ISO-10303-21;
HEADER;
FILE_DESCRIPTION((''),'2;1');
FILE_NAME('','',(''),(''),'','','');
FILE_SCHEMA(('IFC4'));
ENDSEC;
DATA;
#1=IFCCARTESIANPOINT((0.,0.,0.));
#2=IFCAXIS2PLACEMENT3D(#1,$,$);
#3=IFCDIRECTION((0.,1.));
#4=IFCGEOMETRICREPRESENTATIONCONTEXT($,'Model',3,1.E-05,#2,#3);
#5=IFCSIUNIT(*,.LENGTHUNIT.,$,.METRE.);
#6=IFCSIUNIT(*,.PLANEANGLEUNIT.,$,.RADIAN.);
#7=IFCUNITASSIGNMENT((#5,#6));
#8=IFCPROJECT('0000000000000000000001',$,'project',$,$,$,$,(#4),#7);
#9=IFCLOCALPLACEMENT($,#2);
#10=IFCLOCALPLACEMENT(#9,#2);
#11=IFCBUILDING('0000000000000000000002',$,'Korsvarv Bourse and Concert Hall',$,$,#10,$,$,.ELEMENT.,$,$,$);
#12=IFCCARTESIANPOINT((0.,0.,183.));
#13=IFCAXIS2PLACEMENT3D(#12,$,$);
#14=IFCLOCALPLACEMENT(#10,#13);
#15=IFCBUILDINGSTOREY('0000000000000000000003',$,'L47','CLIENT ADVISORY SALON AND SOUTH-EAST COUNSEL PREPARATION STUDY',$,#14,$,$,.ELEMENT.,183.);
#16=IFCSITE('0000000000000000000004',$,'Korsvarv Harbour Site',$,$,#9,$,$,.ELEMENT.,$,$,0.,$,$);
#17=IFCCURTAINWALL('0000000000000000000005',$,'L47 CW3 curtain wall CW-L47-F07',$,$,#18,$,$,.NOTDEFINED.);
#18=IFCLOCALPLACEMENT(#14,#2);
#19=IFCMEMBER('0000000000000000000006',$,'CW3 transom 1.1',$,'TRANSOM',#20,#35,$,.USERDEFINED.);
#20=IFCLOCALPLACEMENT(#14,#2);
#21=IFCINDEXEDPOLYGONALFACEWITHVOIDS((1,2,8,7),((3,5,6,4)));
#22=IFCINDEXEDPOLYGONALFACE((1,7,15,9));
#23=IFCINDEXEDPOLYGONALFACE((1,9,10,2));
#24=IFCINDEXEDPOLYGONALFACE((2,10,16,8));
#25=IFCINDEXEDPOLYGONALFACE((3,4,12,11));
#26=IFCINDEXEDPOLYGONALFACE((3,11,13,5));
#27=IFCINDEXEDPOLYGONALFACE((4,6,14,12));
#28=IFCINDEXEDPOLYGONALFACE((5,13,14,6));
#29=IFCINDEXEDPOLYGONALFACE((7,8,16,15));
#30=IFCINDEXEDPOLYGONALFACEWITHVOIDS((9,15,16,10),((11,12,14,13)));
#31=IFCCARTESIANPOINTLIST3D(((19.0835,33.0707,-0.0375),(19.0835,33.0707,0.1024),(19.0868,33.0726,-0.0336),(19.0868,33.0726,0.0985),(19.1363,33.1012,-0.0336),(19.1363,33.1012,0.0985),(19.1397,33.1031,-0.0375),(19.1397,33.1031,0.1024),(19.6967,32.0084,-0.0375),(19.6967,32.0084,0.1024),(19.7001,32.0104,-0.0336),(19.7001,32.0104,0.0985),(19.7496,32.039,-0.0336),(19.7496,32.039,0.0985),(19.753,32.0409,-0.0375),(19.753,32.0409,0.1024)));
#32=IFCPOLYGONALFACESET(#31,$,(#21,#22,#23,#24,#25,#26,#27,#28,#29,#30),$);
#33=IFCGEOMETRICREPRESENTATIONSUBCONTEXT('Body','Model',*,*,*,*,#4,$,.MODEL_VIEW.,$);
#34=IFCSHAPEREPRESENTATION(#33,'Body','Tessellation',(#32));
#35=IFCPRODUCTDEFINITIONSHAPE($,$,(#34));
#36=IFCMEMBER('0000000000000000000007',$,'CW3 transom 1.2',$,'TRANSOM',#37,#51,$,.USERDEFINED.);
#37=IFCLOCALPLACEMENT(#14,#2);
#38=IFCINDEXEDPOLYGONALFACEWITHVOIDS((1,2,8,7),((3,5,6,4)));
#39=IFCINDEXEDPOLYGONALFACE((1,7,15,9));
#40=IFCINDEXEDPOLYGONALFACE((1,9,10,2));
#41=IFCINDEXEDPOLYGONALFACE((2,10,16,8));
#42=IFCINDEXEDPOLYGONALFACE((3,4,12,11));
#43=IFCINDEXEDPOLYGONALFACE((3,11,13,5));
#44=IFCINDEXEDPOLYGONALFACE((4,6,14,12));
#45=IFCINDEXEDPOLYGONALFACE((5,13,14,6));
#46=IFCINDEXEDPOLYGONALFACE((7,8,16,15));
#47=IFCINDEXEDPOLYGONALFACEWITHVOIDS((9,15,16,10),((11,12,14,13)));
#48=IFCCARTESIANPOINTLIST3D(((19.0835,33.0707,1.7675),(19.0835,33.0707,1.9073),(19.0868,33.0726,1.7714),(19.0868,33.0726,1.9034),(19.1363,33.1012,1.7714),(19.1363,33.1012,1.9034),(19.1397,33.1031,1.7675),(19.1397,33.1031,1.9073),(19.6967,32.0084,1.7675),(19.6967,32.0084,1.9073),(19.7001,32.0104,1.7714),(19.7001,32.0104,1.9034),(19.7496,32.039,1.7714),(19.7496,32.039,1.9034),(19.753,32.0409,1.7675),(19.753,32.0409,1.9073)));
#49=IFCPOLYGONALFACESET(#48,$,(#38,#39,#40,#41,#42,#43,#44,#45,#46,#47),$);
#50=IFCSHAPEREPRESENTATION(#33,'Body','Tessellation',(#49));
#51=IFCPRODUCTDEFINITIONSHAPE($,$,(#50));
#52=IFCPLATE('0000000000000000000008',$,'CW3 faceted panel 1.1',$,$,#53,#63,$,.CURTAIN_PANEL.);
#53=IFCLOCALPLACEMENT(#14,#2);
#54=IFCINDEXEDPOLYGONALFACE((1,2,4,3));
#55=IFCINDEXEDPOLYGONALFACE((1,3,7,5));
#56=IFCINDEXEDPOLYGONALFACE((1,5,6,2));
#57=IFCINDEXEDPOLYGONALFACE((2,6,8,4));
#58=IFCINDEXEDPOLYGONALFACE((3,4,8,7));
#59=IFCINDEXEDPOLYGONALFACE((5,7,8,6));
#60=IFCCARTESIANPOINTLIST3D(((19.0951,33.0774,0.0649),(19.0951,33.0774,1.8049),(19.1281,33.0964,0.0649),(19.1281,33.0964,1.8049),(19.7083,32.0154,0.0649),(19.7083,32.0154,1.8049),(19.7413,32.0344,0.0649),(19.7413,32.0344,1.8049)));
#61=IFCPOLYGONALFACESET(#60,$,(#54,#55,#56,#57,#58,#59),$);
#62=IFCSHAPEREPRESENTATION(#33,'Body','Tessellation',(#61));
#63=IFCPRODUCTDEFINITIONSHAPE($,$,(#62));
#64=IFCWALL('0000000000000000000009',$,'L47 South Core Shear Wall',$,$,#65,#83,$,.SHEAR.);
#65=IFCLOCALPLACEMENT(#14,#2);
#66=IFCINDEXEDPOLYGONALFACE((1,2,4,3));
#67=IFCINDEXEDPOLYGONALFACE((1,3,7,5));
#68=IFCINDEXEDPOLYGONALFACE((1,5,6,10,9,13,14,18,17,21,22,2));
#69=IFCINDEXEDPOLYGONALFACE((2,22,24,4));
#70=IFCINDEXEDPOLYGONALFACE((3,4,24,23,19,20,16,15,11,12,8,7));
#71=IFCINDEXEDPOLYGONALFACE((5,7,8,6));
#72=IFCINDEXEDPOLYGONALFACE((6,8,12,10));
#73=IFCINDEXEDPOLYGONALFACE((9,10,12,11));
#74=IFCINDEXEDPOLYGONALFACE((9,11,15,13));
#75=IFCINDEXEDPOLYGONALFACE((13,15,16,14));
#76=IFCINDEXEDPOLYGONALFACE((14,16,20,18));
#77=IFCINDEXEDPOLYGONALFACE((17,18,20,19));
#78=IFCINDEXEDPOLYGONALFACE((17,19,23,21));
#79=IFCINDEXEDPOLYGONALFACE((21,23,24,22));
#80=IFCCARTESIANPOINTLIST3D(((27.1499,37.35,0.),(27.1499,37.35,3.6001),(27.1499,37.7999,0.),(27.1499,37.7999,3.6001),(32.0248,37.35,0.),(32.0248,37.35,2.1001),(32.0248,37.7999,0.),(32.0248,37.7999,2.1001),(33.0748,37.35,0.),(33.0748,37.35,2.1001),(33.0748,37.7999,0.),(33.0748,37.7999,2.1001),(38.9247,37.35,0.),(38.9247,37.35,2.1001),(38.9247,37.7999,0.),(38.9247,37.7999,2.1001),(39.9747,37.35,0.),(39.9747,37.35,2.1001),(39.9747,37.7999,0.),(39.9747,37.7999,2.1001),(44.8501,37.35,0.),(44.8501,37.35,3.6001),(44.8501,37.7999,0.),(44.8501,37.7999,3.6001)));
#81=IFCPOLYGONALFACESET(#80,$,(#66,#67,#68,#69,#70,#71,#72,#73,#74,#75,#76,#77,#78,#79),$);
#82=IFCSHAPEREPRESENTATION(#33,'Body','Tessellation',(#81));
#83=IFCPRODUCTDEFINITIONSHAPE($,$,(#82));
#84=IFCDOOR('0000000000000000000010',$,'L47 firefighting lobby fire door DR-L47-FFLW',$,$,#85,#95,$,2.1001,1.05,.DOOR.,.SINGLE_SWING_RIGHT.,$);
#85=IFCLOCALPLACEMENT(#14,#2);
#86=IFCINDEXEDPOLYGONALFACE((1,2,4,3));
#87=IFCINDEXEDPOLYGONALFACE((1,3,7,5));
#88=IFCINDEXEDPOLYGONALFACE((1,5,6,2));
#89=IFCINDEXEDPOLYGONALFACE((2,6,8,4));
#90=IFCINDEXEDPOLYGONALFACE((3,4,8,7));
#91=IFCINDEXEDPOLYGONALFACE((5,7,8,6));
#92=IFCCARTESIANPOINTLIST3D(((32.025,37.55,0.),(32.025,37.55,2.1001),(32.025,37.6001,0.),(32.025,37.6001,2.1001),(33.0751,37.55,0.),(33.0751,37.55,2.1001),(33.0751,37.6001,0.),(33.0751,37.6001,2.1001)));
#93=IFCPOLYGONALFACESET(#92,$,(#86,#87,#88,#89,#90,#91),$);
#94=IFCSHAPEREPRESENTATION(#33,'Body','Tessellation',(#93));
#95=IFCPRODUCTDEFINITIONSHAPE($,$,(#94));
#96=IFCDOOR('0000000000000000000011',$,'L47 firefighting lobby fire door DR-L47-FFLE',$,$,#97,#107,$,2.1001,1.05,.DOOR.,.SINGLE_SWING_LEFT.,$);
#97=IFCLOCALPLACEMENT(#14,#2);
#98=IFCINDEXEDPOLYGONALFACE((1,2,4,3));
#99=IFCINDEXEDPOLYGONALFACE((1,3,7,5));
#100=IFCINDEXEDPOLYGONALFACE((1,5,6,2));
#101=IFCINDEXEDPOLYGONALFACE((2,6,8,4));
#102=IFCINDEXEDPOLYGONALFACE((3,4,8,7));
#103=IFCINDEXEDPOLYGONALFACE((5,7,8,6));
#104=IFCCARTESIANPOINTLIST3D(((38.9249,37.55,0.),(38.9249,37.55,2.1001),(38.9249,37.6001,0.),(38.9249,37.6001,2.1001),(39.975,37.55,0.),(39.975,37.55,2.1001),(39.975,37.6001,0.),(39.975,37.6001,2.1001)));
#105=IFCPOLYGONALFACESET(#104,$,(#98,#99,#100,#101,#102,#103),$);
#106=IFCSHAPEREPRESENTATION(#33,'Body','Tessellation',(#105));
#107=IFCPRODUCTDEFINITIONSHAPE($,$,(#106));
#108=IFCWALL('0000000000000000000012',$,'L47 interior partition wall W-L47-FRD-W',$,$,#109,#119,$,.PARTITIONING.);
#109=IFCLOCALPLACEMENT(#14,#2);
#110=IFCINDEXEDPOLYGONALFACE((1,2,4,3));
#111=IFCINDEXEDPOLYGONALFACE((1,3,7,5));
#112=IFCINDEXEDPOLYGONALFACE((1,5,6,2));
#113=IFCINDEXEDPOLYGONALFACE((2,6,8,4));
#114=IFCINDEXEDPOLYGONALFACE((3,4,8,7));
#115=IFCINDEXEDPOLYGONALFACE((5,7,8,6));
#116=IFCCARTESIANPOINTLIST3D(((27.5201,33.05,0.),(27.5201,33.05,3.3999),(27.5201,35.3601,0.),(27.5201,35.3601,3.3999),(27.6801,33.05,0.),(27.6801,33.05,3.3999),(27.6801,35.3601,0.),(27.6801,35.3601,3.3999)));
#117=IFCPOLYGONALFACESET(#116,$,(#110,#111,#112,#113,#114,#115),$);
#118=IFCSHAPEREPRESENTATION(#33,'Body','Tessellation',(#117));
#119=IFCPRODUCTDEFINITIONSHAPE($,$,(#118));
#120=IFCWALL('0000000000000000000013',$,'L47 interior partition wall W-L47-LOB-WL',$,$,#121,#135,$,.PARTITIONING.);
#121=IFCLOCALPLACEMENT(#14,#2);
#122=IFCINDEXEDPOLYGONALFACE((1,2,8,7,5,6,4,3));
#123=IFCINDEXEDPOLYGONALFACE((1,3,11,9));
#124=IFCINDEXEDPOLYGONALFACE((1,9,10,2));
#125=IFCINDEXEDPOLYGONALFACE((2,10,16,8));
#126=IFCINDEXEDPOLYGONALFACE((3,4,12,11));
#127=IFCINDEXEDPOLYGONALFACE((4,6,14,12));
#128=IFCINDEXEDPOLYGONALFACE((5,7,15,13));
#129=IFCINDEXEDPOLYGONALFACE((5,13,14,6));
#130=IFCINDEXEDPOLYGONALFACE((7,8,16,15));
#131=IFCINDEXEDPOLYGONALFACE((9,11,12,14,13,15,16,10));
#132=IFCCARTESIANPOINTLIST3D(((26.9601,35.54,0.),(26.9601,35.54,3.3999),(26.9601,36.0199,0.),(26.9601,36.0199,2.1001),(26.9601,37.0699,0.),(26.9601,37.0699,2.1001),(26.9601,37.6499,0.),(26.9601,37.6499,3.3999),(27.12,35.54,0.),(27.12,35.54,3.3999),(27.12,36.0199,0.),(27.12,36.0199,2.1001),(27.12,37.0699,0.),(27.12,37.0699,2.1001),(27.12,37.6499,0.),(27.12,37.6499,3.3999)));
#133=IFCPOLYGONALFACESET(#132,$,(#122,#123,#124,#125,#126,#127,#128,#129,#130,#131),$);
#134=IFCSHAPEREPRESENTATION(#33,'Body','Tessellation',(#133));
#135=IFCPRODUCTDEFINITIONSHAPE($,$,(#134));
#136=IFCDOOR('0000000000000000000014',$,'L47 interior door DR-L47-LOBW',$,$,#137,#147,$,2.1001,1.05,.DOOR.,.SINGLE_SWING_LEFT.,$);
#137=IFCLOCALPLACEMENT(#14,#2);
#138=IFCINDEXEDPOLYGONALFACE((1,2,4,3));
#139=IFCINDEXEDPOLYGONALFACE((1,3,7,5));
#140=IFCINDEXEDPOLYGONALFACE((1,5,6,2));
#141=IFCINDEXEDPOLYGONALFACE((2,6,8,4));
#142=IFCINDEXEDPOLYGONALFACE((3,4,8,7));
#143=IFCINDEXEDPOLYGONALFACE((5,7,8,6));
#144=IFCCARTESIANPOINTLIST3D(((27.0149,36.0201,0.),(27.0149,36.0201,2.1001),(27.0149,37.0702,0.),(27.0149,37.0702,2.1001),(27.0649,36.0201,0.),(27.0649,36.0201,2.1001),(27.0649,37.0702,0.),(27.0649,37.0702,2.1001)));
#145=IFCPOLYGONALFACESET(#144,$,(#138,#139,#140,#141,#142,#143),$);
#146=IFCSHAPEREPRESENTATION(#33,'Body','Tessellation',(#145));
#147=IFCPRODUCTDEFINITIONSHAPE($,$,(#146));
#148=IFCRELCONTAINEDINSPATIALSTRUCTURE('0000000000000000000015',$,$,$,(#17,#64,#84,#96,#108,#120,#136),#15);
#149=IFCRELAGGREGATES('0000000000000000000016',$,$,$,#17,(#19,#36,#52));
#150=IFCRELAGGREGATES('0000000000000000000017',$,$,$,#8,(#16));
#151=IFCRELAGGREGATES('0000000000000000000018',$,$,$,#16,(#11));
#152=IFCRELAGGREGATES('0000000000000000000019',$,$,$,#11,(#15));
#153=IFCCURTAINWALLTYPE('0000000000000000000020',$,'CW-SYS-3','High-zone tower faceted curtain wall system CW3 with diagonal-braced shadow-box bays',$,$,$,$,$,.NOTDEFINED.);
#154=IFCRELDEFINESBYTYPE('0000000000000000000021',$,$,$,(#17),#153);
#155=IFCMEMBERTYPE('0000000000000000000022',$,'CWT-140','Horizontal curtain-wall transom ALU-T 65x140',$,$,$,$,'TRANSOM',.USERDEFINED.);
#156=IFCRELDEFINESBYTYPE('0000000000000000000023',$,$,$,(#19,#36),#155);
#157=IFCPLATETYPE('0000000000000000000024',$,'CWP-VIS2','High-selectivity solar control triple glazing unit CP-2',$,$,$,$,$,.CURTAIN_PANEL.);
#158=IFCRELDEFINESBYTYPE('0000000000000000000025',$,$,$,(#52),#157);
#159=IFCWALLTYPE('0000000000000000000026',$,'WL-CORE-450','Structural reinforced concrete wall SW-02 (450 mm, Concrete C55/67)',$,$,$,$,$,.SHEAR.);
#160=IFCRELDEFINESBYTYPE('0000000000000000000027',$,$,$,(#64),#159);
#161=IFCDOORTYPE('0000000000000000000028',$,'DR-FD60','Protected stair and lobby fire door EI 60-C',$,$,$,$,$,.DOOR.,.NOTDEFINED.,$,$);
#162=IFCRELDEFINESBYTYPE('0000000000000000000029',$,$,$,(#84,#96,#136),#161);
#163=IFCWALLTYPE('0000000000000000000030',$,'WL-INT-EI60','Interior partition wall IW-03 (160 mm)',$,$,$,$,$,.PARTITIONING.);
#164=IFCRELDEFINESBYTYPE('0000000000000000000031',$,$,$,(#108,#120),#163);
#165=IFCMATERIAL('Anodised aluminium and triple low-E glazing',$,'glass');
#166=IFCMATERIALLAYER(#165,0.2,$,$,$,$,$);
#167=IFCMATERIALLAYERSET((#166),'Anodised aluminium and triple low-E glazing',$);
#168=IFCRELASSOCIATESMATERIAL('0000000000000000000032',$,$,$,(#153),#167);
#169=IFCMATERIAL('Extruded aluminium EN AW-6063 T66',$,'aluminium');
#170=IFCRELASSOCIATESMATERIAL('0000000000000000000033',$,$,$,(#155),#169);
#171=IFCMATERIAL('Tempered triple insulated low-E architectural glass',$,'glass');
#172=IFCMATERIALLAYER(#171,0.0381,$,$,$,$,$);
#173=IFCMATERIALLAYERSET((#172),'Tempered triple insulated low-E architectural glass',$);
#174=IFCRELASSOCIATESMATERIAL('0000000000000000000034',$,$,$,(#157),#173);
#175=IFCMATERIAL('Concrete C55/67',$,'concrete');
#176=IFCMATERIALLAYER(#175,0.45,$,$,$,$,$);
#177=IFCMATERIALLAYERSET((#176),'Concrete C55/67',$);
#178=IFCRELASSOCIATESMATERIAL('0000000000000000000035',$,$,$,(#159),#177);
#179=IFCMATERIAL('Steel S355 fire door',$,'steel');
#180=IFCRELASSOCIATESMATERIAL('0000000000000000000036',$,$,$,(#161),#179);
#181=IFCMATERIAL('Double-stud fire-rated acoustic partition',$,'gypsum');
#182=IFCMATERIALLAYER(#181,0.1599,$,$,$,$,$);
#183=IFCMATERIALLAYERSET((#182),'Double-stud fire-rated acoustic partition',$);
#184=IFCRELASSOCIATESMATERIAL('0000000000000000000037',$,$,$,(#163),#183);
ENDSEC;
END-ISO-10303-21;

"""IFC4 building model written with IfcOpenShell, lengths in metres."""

from ifc_helpers import new_model, si_unit, direction, frame, frame_2d, origin, origin_2d, place, context, subcontext, project, spatial, rectangle, hollow_rectangle, extrude, source, transform, mapped, material, layer, layer_set, material_profile, profile_set, type_object, element, fill, aggregate, save


model = new_model("IFC4")

# Units and contexts
model_context = context("Model", 3, precision=1e-05, world=origin(), true_north=direction((0.0, 1.0)))
body_context = subcontext(model_context, "Body", "Model", "MODEL_VIEW")
ifc_project = project(units=[si_unit("LENGTHUNIT", "METRE"), si_unit("PLANEANGLEUNIT", "RADIAN")], contexts=[model_context])

# Site, building, storey
site_placement = place(None, origin())
site = spatial("IfcSite", under=ifc_project, at=site_placement, Name="Korsvarv Harbour Site", CompositionType="ELEMENT", RefElevation=0.0)
building_placement = place(site_placement, origin())
building = spatial("IfcBuilding", under=site, at=building_placement, Name="Korsvarv Bourse and Concert Hall", CompositionType="ELEMENT")
storey_placement = place(building_placement, frame((0.0, 0.0, 183.0)))
storey = spatial("IfcBuildingStorey", under=building, at=storey_placement, Name="L47", Description="CLIENT ADVISORY SALON AND SOUTH-EAST COUNSEL PREPARATION STUDY", CompositionType="ELEMENT", Elevation=183.0)

# Shared definitions
ifc_material_1 = material(Name="Concrete C55/67", Category="concrete")

# Curtain wall, members, plate
ifc_material_2 = material(Name="Anodised aluminium and triple low-E glazing", Category="glass")
ifc_layer_1 = layer(ifc_material_2, 0.2)
ifc_layer_set_1 = layer_set([ifc_layer_1], Name="Anodised aluminium and triple low-E glazing")
curtain_wall_type = type_object("IfcCurtainWallType", Name="CW-SYS-3", Description="High-zone tower faceted curtain wall system CW3 with diagonal-braced shadow-box bays", PredefinedType="NOTDEFINED", material=ifc_layer_set_1)
curtain_wall_placement = place(storey_placement, origin())
curtain_wall = element("IfcCurtainWall", 1, at=curtain_wall_placement, inside=storey, type_object=curtain_wall_type, Name="L47 CW3 curtain wall CW-L47-F07", PredefinedType="NOTDEFINED")
ifc_material_3 = material(Name="Extruded aluminium EN AW-6063 T66", Category="aluminium")
ifc_material_profile_1 = material_profile(ifc_material_3, hollow_rectangle(XDim=0.0649, YDim=0.1399, WallThickness=0.0039, at=origin_2d()), Name="ALU-T 65x140")
ifc_profile_set_1 = profile_set([ifc_material_profile_1], Name="Extruded aluminium EN AW-6063 T66")
member_type_1 = type_object("IfcMemberType", Name="CWT-140", Description="Horizontal curtain-wall transom ALU-T 65x140", ElementType="TRANSOM", PredefinedType="USERDEFINED", material=ifc_profile_set_1)
shared_shape_1 = source(origin(), body_context, "Body", "SweptSolid", [
    extrude(hollow_rectangle(XDim=0.0649, YDim=0.1399, WallThickness=0.0039, at=origin_2d()), origin(), (0.0, 0.0, 1.0), 1.2266),
])
member_1_placement = place(storey_placement, frame((19.1116, 33.0869, 0.0325), z_axis=(0.499992, -0.86603, 0.0), x_axis=(0.86603, 0.499992, 0.0)))
member_1 = element("IfcMember", 2, at=member_1_placement, type_object=member_type_1, Name="CW3 transom 1.1", ObjectType="TRANSOM", PredefinedType="USERDEFINED", context=body_context, shape_type="MappedRepresentation", body=[
    mapped(shared_shape_1, transform((0.0, 0.0, 0.0), scale=1.0)),
])
member_2_placement = place(storey_placement, frame((19.1116, 33.0869, 1.8374), z_axis=(0.499992, -0.86603, 0.0), x_axis=(0.86603, 0.499992, 0.0)))
member_2 = element("IfcMember", 3, at=member_2_placement, type_object=member_type_1, Name="CW3 transom 1.2", ObjectType="TRANSOM", PredefinedType="USERDEFINED", context=body_context, shape_type="MappedRepresentation", body=[
    mapped(shared_shape_1, transform((0.0, 0.0, 0.0), scale=1.0)),
])
ifc_material_4 = material(Name="Tempered triple insulated low-E architectural glass", Category="glass")
ifc_layer_2 = layer(ifc_material_4, 0.0381)
ifc_layer_set_2 = layer_set([ifc_layer_2], Name="Tempered triple insulated low-E architectural glass")
plate_type = type_object("IfcPlateType", Name="CWP-VIS2", Description="High-selectivity solar control triple glazing unit CP-2", PredefinedType="CURTAIN_PANEL", material=ifc_layer_set_2)
shared_shape_2 = source(origin(), body_context, "Body", "SweptSolid", [
    extrude(rectangle(XDim=1.2263, YDim=0.0381, at=origin_2d()), origin(), (0.0, 0.0, 1.0), 1.74),
])
plate_placement = place(storey_placement, frame((19.4182, 32.5559, 0.0649), z_axis=(0.0, 0.0, 1.0), x_axis=(0.499994, -0.866029, 0.0)))
plate = element("IfcPlate", 4, at=plate_placement, type_object=plate_type, Name="CW3 faceted panel 1.1", PredefinedType="CURTAIN_PANEL", context=body_context, shape_type="MappedRepresentation", body=[
    mapped(shared_shape_2, transform((0.0, 0.0, 0.0), scale=1.0)),
])
aggregate(curtain_wall, [member_1, member_2, plate])

# Wall, openings, doors
ifc_layer_3 = layer(ifc_material_1, 0.45)
ifc_layer_set_3 = layer_set([ifc_layer_3], Name="Concrete C55/67")
wall_type_1 = type_object("IfcWallType", Name="WL-CORE-450", Description="Structural reinforced concrete wall SW-02 (450 mm, Concrete C55/67)", PredefinedType="SHEAR", material=ifc_layer_set_3)
wall_1_placement = place(storey_placement, frame((27.1499, 37.575, 0.0), z_axis=(0.0, 0.0, 1.0), x_axis=(1.0, 0.0, 0.0)))
wall_1 = element("IfcWall", 5, at=wall_1_placement, inside=storey, type_object=wall_type_1, Name="L47 South Core Shear Wall", PredefinedType="SHEAR", context=body_context, shape_type="SweptSolid", body=[
    extrude(rectangle(XDim=17.7002, YDim=0.45, at=frame_2d((8.8501, 0.0))), origin(), (0.0, 0.0, 1.0), 3.6001),
])
opening_1_placement = place(wall_1_placement, frame((4.875, 0.0, 0.0)))
opening_1 = element("IfcOpeningElement", 6, at=opening_1_placement, cuts=wall_1, PredefinedType="OPENING", context=body_context, shape_type="SweptSolid", body=[
    extrude(rectangle(XDim=1.05, YDim=2.1001, at=frame_2d((0.5249, 1.05))), frame((0.0, 0.2349, 0.0), z_axis=(0.0, -1.0, 0.0), x_axis=(1.0, 0.0, 0.0)), (0.0, 0.0, 1.0), 0.47),
])
opening_2_placement = place(wall_1_placement, frame((11.7749, 0.0, 0.0)))
opening_2 = element("IfcOpeningElement", 7, at=opening_2_placement, cuts=wall_1, PredefinedType="OPENING", context=body_context, shape_type="SweptSolid", body=[
    extrude(rectangle(XDim=1.05, YDim=2.1001, at=frame_2d((0.5249, 1.05))), frame((0.0, 0.2349, 0.0), z_axis=(0.0, -1.0, 0.0), x_axis=(1.0, 0.0, 0.0)), (0.0, 0.0, 1.0), 0.47),
])
ifc_material_5 = material(Name="Steel S355 fire door", Category="steel")
door_type_1 = type_object("IfcDoorType", Name="DR-FD60", Description="Protected stair and lobby fire door EI 60-C", OperationType="NOTDEFINED", PredefinedType="DOOR", material=ifc_material_5)
door_1_placement = place(opening_1_placement, frame((1.05, 0.0, 0.0), z_axis=(0.0, 0.0, 1.0), x_axis=(-1.0, 0.0, 0.0)))
door_1 = element("IfcDoor", 8, at=door_1_placement, inside=storey, type_object=door_type_1, Name="L47 firefighting lobby fire door DR-L47-FFLW", OperationType="SINGLE_SWING_RIGHT", OverallHeight=2.1001, OverallWidth=1.05, PredefinedType="DOOR", context=body_context, shape_type="SweptSolid", body=[
    extrude(rectangle(XDim=1.05, YDim=2.1001, at=frame_2d((0.5249, 1.05))), frame((0.0, 0.0249, 0.0), z_axis=(0.0, -1.0, 0.0), x_axis=(1.0, 0.0, 0.0)), (0.0, 0.0, 1.0), 0.05),
])
fill(opening_1, door_1)
door_2_placement = place(opening_2_placement, frame((1.05, 0.0, 0.0), z_axis=(0.0, 0.0, 1.0), x_axis=(-1.0, 0.0, 0.0)))
door_2 = element("IfcDoor", 9, at=door_2_placement, inside=storey, type_object=door_type_1, Name="L47 firefighting lobby fire door DR-L47-FFLE", OperationType="SINGLE_SWING_LEFT", OverallHeight=2.1001, OverallWidth=1.05, PredefinedType="DOOR", context=body_context, shape_type="SweptSolid", body=[
    extrude(rectangle(XDim=1.05, YDim=2.1001, at=frame_2d((0.5249, 1.05))), frame((0.0, 0.0249, 0.0), z_axis=(0.0, -1.0, 0.0), x_axis=(1.0, 0.0, 0.0)), (0.0, 0.0, 1.0), 0.05),
])
fill(opening_2, door_2)

# Wall
ifc_material_6 = material(Name="Double-stud fire-rated acoustic partition", Category="gypsum")
ifc_layer_4 = layer(ifc_material_6, 0.1599)
ifc_layer_set_4 = layer_set([ifc_layer_4], Name="Double-stud fire-rated acoustic partition")
wall_type_2 = type_object("IfcWallType", Name="WL-INT-EI60", Description="Interior partition wall IW-03 (160 mm)", PredefinedType="PARTITIONING", material=ifc_layer_set_4)
wall_2_placement = place(storey_placement, frame((27.6001, 33.05, 0.0), z_axis=(0.0, 0.0, 1.0), x_axis=(0.0, 1.0, 0.0)))
element("IfcWall", 10, at=wall_2_placement, inside=storey, type_object=wall_type_2, Name="L47 interior partition wall W-L47-FRD-W", PredefinedType="PARTITIONING", context=body_context, shape_type="SweptSolid", body=[
    extrude(rectangle(XDim=2.3101, YDim=0.1599, at=frame_2d((1.155, 0.0))), origin(), (0.0, 0.0, 1.0), 3.3999),
])

# Wall, opening, door
wall_3_placement = place(storey_placement, frame((27.04, 35.54, 0.0), z_axis=(0.0, 0.0, 1.0), x_axis=(0.0, 1.0, 0.0)))
wall_3 = element("IfcWall", 11, at=wall_3_placement, inside=storey, type_object=wall_type_2, Name="L47 interior partition wall W-L47-LOB-WL", PredefinedType="PARTITIONING", context=body_context, shape_type="SweptSolid", body=[
    extrude(rectangle(XDim=2.1099, YDim=0.1599, at=frame_2d((1.0549, 0.0))), origin(), (0.0, 0.0, 1.0), 3.3999),
])
opening_3_placement = place(wall_3_placement, frame((0.48, 0.0, 0.0)))
opening_3 = element("IfcOpeningElement", 12, at=opening_3_placement, cuts=wall_3, PredefinedType="OPENING", context=body_context, shape_type="SweptSolid", body=[
    extrude(rectangle(XDim=1.05, YDim=2.1001, at=frame_2d((0.5249, 1.05))), frame((0.0, 0.0898, 0.0), z_axis=(0.0, -1.0, 0.0), x_axis=(1.0, 0.0, 0.0)), (0.0, 0.0, 1.0), 0.1799),
])
door_3_placement = place(opening_3_placement, frame((1.05, 0.0, 0.0), z_axis=(0.0, 0.0, 1.0), x_axis=(-1.0, 0.0, 0.0)))
door_3 = element("IfcDoor", 13, at=door_3_placement, inside=storey, type_object=door_type_1, Name="L47 interior door DR-L47-LOBW", OperationType="SINGLE_SWING_LEFT", OverallHeight=2.1001, OverallWidth=1.05, PredefinedType="DOOR", context=body_context, shape_type="SweptSolid", body=[
    extrude(rectangle(XDim=1.05, YDim=2.1001, at=frame_2d((0.5249, 1.05))), frame((0.0, 0.0249, 0.0), z_axis=(0.0, -1.0, 0.0), x_axis=(1.0, 0.0, 0.0)), (0.0, 0.0, 1.0), 0.05),
])
fill(opening_3, door_3)

save(model, "model.ifc")
